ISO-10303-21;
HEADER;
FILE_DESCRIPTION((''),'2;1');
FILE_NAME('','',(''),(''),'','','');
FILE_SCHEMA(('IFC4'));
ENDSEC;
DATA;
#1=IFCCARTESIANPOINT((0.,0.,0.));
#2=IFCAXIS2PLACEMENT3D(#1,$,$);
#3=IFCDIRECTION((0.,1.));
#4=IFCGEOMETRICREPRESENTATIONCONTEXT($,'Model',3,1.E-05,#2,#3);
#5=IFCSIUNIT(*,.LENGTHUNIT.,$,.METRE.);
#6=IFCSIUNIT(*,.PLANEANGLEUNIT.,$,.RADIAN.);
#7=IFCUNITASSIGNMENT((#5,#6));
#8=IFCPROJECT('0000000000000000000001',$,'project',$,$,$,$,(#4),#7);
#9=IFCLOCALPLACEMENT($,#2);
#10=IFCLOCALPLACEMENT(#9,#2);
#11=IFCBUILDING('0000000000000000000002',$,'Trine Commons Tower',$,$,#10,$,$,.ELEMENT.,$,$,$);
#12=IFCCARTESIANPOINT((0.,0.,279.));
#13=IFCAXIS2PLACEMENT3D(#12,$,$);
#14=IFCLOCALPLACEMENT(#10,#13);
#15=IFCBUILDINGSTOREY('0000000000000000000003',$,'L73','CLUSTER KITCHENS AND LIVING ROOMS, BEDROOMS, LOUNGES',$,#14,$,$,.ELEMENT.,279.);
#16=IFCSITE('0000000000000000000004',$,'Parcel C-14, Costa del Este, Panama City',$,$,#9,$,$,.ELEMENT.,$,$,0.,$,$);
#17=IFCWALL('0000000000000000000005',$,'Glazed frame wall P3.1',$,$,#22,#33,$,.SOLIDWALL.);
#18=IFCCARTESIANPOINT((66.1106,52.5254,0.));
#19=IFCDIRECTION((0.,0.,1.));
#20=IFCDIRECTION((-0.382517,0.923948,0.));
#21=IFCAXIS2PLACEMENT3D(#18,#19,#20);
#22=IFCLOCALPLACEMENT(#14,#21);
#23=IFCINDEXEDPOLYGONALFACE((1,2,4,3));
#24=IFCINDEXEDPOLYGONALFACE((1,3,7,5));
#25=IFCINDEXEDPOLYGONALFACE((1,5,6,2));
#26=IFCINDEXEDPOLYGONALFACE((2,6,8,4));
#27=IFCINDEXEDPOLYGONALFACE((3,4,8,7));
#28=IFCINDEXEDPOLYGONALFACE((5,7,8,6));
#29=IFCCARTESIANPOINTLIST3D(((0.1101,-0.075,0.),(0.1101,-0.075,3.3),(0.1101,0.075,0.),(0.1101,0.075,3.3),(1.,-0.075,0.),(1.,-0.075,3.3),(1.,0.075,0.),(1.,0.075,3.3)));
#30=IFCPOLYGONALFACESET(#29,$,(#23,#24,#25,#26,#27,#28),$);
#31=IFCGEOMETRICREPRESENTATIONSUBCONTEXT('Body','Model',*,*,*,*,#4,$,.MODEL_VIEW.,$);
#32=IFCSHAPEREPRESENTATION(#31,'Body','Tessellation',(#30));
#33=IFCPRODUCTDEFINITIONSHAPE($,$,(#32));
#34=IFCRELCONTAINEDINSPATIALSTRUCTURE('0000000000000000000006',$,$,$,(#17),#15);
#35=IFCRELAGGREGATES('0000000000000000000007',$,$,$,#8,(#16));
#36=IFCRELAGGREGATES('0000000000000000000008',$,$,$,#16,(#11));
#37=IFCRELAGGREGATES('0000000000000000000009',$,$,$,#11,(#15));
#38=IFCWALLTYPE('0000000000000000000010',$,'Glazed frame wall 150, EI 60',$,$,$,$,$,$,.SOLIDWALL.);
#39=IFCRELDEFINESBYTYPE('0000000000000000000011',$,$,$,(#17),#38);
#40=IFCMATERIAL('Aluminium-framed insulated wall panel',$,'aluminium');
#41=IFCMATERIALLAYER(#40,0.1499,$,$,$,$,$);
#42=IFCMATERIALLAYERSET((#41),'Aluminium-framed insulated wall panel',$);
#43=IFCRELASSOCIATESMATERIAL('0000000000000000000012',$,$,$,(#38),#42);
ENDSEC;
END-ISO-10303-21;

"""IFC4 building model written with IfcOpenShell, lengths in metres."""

from ifc_helpers import new_model, si_unit, direction, frame, origin, place, context, subcontext, project, spatial, polyline, outline, extrude, material, layer, layer_set, type_object, element, save


model = new_model("IFC4")

# Units and contexts
model_context = context("Model", 3, precision=1e-05, world=origin(), true_north=direction((0.0, 1.0)))
body_context = subcontext(model_context, "Body", "Model", "MODEL_VIEW")
ifc_project = project(units=[si_unit("LENGTHUNIT", "METRE"), si_unit("PLANEANGLEUNIT", "RADIAN")], contexts=[model_context])

# Site, building, storey
site_placement = place(None, origin())
site = spatial("IfcSite", under=ifc_project, at=site_placement, Name="Parcel C-14, Costa del Este, Panama City", CompositionType="ELEMENT", RefElevation=0.0)
building_placement = place(site_placement, origin())
building = spatial("IfcBuilding", under=site, at=building_placement, Name="Trine Commons Tower", CompositionType="ELEMENT")
storey_placement = place(building_placement, frame((0.0, 0.0, 279.0)))
storey = spatial("IfcBuildingStorey", under=building, at=storey_placement, Name="L73", Description="CLUSTER KITCHENS AND LIVING ROOMS, BEDROOMS, LOUNGES", CompositionType="ELEMENT", Elevation=279.0)

# Wall
ifc_material_1 = material(Name="Aluminium-framed insulated wall panel", Category="aluminium")
ifc_layer_1 = layer(ifc_material_1, 0.1499)
ifc_layer_set_1 = layer_set([ifc_layer_1], Name="Aluminium-framed insulated wall panel")
wall_type_1 = type_object("IfcWallType", Name="Glazed frame wall 150, EI 60", PredefinedType="SOLIDWALL", material=ifc_layer_set_1)
wall_1_placement = place(storey_placement, frame((66.1106, 52.5254, 0.0), z_axis=(0.0, 0.0, 1.0), x_axis=(-0.382517, 0.923948, 0.0)))
element("IfcWall", 1, at=wall_1_placement, inside=storey, type_object=wall_type_1, Name="Glazed frame wall P3.1", PredefinedType="SOLIDWALL", context=body_context, shape_type="SweptSolid", body=[
    extrude(outline(polyline([(0.1101, -0.075), (1.0, -0.075), (1.0, 0.075), (0.1101, 0.075), (0.1101, -0.075)])), origin(), (0.0, 0.0, 1.0), 3.3),
])

save(model, "model.ifc")
